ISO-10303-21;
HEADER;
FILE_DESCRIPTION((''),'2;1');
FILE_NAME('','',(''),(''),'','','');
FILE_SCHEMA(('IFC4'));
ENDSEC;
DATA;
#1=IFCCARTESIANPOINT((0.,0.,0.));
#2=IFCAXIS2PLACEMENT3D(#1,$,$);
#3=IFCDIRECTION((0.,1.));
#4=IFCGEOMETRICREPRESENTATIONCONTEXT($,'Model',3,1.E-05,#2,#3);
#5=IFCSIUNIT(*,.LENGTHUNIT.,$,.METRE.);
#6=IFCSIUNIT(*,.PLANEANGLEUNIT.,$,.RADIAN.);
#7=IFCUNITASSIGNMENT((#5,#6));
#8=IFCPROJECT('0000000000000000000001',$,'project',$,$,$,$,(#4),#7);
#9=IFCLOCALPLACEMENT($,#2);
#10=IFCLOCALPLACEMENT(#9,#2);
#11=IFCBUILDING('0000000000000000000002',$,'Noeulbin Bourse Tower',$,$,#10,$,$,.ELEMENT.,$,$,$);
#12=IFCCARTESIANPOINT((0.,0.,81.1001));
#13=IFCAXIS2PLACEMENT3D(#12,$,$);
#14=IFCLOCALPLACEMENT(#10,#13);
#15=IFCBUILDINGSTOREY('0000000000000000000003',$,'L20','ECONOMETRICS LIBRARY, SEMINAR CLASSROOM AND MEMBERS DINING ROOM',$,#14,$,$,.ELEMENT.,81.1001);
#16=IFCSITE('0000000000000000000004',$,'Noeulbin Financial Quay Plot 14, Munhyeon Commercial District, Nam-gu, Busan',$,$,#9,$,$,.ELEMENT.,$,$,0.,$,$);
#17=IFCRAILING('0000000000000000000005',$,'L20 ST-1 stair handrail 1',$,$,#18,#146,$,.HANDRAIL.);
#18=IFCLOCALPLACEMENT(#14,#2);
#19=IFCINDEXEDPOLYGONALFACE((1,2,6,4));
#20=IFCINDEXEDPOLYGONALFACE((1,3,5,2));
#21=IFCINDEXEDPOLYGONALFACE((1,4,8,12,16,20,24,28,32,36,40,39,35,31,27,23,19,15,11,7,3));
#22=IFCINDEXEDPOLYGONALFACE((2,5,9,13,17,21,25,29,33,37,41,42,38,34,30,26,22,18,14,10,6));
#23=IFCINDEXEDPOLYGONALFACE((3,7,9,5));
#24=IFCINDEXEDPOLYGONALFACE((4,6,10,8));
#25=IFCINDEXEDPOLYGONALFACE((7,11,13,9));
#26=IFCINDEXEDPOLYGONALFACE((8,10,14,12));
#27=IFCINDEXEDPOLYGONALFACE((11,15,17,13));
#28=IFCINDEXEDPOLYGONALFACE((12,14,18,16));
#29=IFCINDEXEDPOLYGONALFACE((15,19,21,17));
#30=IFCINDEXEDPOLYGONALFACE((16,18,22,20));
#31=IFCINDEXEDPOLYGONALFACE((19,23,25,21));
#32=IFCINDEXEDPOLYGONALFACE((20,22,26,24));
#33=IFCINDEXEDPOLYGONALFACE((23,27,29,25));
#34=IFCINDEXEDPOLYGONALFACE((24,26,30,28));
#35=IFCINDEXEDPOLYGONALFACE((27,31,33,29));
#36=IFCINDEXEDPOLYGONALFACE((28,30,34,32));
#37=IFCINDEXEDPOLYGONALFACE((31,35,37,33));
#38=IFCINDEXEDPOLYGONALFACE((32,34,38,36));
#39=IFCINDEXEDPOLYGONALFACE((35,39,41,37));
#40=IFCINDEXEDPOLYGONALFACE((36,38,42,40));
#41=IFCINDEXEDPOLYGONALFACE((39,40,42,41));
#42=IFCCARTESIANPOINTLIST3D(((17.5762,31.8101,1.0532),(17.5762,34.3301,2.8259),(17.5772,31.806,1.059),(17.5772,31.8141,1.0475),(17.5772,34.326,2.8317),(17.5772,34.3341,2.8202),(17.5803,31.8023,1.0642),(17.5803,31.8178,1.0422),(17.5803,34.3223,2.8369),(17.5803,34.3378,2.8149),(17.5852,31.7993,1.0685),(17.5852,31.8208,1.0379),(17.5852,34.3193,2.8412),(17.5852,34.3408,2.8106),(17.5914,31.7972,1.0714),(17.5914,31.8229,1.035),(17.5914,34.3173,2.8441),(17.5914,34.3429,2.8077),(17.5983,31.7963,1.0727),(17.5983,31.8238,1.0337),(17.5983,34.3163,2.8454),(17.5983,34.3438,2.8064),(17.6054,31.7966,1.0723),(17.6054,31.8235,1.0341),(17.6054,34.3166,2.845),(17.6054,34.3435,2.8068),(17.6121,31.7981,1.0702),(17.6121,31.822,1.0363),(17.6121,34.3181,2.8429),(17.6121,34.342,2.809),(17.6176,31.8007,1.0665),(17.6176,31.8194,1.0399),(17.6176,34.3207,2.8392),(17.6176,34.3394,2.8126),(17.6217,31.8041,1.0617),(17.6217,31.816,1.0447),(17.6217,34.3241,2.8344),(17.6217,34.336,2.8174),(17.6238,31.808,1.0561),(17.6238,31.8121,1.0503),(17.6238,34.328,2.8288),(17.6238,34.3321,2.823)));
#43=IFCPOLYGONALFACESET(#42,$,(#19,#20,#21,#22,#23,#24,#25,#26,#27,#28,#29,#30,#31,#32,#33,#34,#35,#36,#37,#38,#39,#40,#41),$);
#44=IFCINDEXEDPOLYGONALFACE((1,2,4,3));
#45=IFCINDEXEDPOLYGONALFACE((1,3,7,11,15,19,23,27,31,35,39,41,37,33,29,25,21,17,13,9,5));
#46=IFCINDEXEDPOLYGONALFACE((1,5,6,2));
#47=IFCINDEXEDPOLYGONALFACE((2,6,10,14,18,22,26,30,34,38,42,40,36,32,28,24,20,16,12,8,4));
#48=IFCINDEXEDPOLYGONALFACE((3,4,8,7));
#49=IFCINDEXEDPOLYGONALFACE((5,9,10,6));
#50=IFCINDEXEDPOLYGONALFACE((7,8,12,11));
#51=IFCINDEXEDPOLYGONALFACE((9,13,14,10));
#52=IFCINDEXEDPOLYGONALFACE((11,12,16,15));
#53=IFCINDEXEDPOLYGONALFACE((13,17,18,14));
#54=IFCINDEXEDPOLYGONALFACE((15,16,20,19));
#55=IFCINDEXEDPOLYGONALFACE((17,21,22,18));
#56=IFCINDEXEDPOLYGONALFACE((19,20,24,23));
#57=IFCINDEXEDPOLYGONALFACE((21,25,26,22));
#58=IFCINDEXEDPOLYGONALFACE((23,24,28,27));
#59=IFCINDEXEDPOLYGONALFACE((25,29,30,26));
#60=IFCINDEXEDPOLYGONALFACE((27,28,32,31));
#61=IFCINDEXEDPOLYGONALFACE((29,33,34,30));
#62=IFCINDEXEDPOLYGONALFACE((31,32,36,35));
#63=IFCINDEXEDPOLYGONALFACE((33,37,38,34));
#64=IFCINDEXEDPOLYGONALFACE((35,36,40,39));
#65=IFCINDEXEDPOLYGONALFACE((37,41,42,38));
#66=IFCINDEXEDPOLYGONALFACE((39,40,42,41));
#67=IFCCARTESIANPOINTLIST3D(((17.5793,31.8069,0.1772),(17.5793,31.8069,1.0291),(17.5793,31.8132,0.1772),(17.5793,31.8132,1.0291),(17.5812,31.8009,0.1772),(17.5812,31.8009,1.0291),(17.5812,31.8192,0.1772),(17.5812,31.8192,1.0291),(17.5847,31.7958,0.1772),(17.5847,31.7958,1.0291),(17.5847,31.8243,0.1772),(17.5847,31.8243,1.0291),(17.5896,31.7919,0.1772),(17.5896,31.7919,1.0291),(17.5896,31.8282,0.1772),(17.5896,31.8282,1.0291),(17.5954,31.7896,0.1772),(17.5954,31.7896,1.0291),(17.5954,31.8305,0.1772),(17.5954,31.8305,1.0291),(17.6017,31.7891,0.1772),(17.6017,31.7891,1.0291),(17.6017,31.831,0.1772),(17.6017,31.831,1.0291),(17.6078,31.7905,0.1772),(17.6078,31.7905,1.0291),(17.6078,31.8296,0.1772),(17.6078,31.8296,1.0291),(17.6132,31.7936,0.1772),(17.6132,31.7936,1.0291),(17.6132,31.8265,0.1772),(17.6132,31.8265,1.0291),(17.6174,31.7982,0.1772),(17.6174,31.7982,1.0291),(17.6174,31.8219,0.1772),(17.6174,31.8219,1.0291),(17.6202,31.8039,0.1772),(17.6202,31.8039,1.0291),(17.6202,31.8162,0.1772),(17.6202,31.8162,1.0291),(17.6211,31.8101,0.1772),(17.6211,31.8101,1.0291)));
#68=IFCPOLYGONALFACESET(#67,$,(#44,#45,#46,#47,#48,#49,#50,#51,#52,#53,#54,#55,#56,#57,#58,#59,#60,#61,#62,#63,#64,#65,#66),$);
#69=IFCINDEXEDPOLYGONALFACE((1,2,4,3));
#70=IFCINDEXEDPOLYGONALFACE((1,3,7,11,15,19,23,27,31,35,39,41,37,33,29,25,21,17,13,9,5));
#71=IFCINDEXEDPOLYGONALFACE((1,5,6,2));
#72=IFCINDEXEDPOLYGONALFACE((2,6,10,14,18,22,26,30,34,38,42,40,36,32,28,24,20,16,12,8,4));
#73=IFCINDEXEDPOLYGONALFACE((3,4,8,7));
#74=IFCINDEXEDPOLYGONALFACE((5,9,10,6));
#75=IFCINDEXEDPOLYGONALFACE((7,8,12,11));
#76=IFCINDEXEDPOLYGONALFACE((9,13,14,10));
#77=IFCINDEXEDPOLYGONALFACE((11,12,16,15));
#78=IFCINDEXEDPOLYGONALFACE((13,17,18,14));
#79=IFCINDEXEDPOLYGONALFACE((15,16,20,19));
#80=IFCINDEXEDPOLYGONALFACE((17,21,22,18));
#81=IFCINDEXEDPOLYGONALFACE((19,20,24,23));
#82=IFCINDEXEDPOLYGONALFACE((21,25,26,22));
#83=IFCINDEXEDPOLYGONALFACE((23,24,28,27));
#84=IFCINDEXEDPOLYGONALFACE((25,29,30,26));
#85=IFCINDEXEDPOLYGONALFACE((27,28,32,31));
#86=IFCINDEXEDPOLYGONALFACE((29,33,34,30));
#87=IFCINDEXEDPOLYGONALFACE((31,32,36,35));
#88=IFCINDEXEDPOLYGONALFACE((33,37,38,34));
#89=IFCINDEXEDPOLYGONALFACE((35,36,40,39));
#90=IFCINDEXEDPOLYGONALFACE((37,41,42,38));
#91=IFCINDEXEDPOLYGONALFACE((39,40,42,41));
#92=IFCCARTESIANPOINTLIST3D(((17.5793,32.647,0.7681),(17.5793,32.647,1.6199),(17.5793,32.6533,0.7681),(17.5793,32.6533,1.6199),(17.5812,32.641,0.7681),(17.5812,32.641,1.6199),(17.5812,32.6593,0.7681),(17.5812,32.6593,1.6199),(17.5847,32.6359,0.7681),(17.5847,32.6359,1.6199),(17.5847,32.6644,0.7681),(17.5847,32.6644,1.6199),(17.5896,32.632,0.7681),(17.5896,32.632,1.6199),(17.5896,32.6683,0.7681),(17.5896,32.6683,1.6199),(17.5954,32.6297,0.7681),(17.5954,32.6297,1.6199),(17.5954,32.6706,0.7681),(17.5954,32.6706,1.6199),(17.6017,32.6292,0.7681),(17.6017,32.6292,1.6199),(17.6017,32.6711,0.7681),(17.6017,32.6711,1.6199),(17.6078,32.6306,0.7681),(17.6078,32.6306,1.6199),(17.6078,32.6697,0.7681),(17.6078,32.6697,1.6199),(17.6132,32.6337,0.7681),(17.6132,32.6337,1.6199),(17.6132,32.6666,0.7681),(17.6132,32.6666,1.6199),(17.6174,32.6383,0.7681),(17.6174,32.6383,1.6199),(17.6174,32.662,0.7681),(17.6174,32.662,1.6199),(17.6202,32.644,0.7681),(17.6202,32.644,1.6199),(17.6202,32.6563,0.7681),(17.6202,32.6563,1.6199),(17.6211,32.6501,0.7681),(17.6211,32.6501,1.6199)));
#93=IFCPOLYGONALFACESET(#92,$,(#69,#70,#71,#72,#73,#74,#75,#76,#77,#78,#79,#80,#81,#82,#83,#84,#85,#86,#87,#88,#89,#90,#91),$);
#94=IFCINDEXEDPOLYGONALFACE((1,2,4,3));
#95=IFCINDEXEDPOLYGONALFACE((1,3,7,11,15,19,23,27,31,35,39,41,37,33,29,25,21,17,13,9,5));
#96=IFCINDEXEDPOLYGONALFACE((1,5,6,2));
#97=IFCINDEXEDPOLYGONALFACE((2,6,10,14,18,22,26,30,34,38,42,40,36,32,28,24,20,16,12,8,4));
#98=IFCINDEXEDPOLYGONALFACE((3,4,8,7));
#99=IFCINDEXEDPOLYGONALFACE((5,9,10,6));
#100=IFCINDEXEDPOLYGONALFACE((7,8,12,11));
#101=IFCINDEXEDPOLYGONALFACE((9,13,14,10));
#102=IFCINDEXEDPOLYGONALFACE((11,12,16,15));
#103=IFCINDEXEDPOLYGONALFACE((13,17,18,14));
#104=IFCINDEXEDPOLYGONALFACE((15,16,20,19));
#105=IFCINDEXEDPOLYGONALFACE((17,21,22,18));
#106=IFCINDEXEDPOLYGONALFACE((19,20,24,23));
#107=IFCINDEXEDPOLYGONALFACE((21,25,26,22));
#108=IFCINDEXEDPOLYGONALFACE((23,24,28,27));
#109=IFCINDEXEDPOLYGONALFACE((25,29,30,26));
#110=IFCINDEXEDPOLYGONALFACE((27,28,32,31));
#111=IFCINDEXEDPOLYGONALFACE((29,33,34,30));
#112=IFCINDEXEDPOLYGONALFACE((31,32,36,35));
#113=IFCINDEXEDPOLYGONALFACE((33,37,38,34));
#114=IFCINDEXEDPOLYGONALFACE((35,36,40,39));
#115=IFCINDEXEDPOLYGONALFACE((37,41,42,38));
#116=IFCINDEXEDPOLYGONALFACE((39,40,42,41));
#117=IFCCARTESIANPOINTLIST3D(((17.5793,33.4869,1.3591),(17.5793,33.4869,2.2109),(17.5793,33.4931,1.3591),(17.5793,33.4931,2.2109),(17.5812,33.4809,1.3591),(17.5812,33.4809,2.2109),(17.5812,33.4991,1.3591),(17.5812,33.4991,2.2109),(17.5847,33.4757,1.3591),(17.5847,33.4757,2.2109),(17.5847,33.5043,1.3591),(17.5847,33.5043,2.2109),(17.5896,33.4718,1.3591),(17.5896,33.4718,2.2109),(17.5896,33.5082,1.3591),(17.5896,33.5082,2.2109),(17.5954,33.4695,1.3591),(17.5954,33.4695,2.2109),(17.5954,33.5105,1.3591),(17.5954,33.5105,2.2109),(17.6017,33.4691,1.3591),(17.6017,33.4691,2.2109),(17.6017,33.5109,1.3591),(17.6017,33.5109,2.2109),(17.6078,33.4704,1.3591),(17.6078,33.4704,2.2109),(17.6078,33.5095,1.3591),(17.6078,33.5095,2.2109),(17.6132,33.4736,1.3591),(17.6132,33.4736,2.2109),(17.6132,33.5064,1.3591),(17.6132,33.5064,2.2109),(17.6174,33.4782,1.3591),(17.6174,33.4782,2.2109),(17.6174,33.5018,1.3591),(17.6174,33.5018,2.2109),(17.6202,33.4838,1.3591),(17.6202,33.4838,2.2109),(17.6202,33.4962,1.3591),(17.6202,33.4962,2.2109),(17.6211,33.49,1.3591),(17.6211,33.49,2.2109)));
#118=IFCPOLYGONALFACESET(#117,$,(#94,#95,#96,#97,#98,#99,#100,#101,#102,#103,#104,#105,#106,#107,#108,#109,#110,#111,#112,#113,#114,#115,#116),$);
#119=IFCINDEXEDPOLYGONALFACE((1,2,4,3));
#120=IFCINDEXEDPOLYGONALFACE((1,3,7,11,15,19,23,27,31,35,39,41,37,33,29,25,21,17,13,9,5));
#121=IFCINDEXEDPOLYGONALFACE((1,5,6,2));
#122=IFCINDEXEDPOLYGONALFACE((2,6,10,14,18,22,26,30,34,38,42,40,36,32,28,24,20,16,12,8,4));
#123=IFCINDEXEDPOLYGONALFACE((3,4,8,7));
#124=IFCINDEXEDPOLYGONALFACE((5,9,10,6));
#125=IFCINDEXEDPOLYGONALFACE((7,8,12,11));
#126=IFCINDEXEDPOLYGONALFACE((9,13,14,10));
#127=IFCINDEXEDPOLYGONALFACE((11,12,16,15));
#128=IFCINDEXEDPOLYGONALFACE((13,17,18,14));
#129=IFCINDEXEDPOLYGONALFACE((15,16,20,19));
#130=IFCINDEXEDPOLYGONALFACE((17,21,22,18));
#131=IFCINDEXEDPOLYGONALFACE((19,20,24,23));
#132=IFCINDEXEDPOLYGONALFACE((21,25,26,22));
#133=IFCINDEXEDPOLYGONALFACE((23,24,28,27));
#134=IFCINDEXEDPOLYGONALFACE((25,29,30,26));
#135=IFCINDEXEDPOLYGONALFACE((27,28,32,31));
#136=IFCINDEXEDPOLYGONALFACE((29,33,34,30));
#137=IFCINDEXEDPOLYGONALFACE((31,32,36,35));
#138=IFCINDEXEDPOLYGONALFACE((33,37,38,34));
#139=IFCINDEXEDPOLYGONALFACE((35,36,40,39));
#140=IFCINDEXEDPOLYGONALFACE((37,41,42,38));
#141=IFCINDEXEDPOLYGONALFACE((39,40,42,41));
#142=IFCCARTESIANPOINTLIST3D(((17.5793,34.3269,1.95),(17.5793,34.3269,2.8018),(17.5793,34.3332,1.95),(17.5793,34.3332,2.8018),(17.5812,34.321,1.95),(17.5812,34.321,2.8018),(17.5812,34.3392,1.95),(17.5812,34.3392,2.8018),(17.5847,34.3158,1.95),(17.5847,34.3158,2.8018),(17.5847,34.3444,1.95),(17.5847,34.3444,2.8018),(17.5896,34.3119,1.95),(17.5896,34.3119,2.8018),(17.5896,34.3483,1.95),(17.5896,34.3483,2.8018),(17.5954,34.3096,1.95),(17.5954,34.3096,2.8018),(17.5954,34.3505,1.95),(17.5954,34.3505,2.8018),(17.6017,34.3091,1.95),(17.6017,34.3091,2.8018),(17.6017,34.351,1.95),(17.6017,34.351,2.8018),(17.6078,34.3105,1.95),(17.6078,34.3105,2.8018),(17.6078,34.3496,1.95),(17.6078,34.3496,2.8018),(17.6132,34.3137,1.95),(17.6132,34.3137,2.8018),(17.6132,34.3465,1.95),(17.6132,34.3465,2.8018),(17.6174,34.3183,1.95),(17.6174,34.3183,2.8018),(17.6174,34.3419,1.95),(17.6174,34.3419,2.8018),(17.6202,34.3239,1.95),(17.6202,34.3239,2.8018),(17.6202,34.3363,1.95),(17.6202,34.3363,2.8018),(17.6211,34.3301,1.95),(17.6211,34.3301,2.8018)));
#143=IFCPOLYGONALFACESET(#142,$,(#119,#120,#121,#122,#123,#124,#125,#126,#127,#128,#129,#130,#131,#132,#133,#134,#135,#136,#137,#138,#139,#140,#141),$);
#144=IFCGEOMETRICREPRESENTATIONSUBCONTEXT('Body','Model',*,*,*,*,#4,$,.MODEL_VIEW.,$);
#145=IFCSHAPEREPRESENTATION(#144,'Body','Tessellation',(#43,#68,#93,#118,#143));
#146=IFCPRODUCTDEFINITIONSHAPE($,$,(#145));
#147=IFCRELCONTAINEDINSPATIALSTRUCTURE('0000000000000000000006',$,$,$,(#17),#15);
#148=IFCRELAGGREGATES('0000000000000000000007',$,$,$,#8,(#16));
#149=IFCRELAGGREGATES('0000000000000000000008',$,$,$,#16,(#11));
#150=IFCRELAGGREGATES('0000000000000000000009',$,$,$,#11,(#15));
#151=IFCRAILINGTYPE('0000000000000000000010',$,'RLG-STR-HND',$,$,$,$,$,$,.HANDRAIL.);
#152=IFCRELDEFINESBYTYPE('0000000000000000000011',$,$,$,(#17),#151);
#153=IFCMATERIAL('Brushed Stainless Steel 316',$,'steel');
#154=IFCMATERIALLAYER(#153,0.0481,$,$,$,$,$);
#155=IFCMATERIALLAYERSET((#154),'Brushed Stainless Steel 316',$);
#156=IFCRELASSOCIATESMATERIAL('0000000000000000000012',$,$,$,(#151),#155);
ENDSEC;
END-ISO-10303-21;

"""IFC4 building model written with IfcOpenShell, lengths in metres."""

from ifc_helpers import new_model, si_unit, direction, frame, origin, origin_2d, place, context, subcontext, project, spatial, circle, extrude, material, layer, layer_set, type_object, element, save


model = new_model("IFC4")

# Units and contexts
model_context = context("Model", 3, precision=1e-05, world=origin(), true_north=direction((0.0, 1.0)))
body_context = subcontext(model_context, "Body", "Model", "MODEL_VIEW")
ifc_project = project(units=[si_unit("LENGTHUNIT", "METRE"), si_unit("PLANEANGLEUNIT", "RADIAN")], contexts=[model_context])

# Site, building, storey
site_placement = place(None, origin())
site = spatial("IfcSite", under=ifc_project, at=site_placement, Name="Noeulbin Financial Quay Plot 14, Munhyeon Commercial District, Nam-gu, Busan", CompositionType="ELEMENT", RefElevation=0.0)
building_placement = place(site_placement, origin())
building = spatial("IfcBuilding", under=site, at=building_placement, Name="Noeulbin Bourse Tower", CompositionType="ELEMENT")
storey_placement = place(building_placement, frame((0.0, 0.0, 81.1001)))
storey = spatial("IfcBuildingStorey", under=building, at=storey_placement, Name="L20", Description="ECONOMETRICS LIBRARY, SEMINAR CLASSROOM AND MEMBERS DINING ROOM", CompositionType="ELEMENT", Elevation=81.1001)

# Shared definitions
ifc_material_1 = material(Name="Brushed Stainless Steel 316", Category="steel")

# Railing
ifc_layer_1 = layer(ifc_material_1, 0.0481)
ifc_layer_set_1 = layer_set([ifc_layer_1], Name="Brushed Stainless Steel 316")
railing_type_1 = type_object("IfcRailingType", Name="RLG-STR-HND", PredefinedType="HANDRAIL", material=ifc_layer_set_1)
railing_1_placement = place(storey_placement, frame((17.6001, 31.8101, 0.1772)))
element("IfcRailing", 1, at=railing_1_placement, inside=storey, type_object=railing_type_1, Name="L20 ST-1 stair handrail 1", PredefinedType="HANDRAIL", context=body_context, shape_type="SweptSolid", body=[
    extrude(circle(Radius=0.0239, at=origin_2d()), frame((0.0, 0.0, 0.876), z_axis=(0.0, 0.817904, 0.575354), x_axis=(-1.0, 0.0, 0.0)), (0.0, 0.0, 1.0), 3.0811),
    extrude(circle(Radius=0.021, at=origin_2d()), origin(), (0.0, 0.0, 1.0), 0.8518),
    extrude(circle(Radius=0.021, at=origin_2d()), frame((0.0, 0.8401, 0.5908)), (0.0, 0.0, 1.0), 0.8518),
    extrude(circle(Radius=0.021, at=origin_2d()), frame((0.0, 1.6799, 1.1819)), (0.0, 0.0, 1.0), 0.8518),
    extrude(circle(Radius=0.021, at=origin_2d()), frame((0.0, 2.52, 1.7727)), (0.0, 0.0, 1.0), 0.8518),
])

save(model, "model.ifc")
